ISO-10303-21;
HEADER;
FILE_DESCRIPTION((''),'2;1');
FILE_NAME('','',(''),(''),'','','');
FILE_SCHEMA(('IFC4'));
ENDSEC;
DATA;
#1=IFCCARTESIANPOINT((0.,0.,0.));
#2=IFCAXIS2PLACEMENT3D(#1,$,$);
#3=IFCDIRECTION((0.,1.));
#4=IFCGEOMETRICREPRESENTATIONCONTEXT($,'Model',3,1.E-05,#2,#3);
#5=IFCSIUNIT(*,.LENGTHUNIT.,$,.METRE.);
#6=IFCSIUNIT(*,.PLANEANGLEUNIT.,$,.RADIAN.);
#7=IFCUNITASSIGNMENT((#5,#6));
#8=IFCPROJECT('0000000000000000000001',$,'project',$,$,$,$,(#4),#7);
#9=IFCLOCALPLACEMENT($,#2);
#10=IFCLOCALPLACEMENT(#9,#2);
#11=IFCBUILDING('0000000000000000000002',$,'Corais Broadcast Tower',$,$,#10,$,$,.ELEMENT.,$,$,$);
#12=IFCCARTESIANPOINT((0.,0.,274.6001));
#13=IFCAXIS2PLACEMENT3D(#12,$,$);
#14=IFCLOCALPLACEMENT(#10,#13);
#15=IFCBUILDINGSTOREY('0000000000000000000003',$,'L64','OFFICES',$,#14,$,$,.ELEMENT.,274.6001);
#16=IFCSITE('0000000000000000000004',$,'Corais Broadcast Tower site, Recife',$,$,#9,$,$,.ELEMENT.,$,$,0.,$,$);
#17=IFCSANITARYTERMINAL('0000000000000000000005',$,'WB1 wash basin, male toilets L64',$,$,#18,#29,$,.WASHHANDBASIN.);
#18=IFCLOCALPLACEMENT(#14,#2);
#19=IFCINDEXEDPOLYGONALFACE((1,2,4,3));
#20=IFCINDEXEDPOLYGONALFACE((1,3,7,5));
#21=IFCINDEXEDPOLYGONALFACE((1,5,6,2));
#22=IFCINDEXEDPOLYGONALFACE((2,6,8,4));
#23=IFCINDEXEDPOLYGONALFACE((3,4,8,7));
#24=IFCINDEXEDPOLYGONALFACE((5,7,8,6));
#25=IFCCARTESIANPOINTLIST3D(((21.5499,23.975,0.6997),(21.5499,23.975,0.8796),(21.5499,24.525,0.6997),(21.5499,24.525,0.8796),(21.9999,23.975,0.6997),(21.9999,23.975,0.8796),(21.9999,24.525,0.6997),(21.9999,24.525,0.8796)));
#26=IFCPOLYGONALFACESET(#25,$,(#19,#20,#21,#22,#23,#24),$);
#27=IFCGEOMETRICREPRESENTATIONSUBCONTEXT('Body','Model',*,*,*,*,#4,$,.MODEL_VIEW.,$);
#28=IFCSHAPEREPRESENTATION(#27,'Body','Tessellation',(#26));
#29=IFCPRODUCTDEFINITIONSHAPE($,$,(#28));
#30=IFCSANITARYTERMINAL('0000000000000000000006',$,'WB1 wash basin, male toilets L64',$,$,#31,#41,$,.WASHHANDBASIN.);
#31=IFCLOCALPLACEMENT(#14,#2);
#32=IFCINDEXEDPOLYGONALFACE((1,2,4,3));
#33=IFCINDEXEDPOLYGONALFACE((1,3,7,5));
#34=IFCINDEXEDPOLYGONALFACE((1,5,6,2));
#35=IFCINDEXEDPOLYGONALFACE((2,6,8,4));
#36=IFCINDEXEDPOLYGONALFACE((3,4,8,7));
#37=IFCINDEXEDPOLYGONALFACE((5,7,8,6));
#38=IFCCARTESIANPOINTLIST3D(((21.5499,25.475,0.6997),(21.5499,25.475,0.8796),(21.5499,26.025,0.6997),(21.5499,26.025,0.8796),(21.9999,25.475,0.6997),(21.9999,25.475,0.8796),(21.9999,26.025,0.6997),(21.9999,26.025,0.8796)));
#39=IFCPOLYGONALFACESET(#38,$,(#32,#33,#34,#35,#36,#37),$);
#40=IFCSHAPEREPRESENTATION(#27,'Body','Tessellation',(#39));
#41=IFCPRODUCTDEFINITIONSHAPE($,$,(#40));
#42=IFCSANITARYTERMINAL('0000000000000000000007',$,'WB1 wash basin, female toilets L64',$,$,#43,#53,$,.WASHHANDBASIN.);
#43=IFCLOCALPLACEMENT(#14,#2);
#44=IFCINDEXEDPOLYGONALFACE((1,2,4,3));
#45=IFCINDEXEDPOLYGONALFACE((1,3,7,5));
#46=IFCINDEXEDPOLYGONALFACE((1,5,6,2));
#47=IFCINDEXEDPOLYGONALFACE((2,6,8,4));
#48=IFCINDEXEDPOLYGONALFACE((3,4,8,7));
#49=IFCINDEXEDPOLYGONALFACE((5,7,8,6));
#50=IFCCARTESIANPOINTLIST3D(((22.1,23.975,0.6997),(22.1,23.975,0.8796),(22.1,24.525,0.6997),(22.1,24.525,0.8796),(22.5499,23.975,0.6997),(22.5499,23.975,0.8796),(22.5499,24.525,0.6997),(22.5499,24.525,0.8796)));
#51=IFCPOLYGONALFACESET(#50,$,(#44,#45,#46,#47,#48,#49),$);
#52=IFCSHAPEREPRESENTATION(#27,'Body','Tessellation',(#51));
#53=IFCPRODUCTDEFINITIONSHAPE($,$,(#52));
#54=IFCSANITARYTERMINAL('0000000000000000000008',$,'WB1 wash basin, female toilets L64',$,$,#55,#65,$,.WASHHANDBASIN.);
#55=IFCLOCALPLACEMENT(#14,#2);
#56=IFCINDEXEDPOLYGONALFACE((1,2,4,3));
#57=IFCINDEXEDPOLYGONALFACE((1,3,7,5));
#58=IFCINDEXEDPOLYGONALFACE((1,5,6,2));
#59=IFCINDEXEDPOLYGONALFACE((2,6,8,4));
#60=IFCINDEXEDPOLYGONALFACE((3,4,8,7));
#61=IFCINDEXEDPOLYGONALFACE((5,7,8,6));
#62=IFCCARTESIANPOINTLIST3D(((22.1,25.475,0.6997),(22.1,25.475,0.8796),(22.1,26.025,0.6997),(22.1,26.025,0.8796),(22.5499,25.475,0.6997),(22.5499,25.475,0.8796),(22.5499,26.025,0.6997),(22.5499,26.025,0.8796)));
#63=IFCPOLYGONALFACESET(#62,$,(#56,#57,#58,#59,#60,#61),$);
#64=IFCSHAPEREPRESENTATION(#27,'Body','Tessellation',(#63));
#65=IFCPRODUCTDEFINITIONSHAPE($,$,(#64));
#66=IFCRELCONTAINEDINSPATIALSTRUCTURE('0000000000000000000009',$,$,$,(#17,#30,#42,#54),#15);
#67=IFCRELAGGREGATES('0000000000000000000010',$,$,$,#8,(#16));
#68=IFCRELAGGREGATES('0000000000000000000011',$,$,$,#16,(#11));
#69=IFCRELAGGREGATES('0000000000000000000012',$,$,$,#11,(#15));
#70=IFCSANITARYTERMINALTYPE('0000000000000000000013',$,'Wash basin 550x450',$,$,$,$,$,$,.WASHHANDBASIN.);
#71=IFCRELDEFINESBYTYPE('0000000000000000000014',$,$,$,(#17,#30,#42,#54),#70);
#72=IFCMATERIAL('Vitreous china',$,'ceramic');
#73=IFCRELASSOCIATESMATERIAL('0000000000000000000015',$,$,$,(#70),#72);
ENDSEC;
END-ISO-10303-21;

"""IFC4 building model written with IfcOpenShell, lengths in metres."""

from ifc_helpers import new_model, si_unit, direction, frame, origin, origin_2d, place, context, subcontext, project, spatial, rectangle, extrude, material, type_object, element, save


model = new_model("IFC4")

# Units and contexts
model_context = context("Model", 3, precision=1e-05, world=origin(), true_north=direction((0.0, 1.0)))
body_context = subcontext(model_context, "Body", "Model", "MODEL_VIEW")
ifc_project = project(units=[si_unit("LENGTHUNIT", "METRE"), si_unit("PLANEANGLEUNIT", "RADIAN")], contexts=[model_context])

# Site, building, storey
site_placement = place(None, origin())
site = spatial("IfcSite", under=ifc_project, at=site_placement, Name="Corais Broadcast Tower site, Recife", CompositionType="ELEMENT", RefElevation=0.0)
building_placement = place(site_placement, origin())
building = spatial("IfcBuilding", under=site, at=building_placement, Name="Corais Broadcast Tower", CompositionType="ELEMENT")
storey_placement = place(building_placement, frame((0.0, 0.0, 274.6001)))
storey = spatial("IfcBuildingStorey", under=building, at=storey_placement, Name="L64", Description="OFFICES", CompositionType="ELEMENT", Elevation=274.6001)

# Sanitary terminals
ifc_material_1 = material(Name="Vitreous china", Category="ceramic")
sanitary_terminal_type_1 = type_object("IfcSanitaryTerminalType", Name="Wash basin 550x450", PredefinedType="WASHHANDBASIN", material=ifc_material_1)
for number, where, z_axis, x_axis, name in (
    (1, (21.7749, 24.25, 0.6997), (0.0, 0.0, 1.0), (1.0, 0.0, 0.0), "WB1 wash basin, male toilets L64"),
    (2, (21.7749, 25.75, 0.6997), (0.0, 0.0, 1.0), (1.0, 0.0, 0.0), "WB1 wash basin, male toilets L64"),
    (3, (22.325, 24.25, 0.6997), (0.0, 0.0, 1.0), (1.0, 0.0, 0.0), "WB1 wash basin, female toilets L64"),
    (4, (22.325, 25.75, 0.6997), (0.0, 0.0, 1.0), (1.0, 0.0, 0.0), "WB1 wash basin, female toilets L64"),
):
    element("IfcSanitaryTerminal", number, at=place(storey_placement, frame(where, z_axis=z_axis, x_axis=x_axis)), inside=storey, type_object=sanitary_terminal_type_1, Name=name, PredefinedType="WASHHANDBASIN", context=body_context, shape_type="SweptSolid", body=[
        extrude(rectangle(XDim=0.45, YDim=0.55, at=origin_2d()), origin(), (0.0, 0.0, 1.0), 0.1799),
    ])

save(model, "model.ifc")
